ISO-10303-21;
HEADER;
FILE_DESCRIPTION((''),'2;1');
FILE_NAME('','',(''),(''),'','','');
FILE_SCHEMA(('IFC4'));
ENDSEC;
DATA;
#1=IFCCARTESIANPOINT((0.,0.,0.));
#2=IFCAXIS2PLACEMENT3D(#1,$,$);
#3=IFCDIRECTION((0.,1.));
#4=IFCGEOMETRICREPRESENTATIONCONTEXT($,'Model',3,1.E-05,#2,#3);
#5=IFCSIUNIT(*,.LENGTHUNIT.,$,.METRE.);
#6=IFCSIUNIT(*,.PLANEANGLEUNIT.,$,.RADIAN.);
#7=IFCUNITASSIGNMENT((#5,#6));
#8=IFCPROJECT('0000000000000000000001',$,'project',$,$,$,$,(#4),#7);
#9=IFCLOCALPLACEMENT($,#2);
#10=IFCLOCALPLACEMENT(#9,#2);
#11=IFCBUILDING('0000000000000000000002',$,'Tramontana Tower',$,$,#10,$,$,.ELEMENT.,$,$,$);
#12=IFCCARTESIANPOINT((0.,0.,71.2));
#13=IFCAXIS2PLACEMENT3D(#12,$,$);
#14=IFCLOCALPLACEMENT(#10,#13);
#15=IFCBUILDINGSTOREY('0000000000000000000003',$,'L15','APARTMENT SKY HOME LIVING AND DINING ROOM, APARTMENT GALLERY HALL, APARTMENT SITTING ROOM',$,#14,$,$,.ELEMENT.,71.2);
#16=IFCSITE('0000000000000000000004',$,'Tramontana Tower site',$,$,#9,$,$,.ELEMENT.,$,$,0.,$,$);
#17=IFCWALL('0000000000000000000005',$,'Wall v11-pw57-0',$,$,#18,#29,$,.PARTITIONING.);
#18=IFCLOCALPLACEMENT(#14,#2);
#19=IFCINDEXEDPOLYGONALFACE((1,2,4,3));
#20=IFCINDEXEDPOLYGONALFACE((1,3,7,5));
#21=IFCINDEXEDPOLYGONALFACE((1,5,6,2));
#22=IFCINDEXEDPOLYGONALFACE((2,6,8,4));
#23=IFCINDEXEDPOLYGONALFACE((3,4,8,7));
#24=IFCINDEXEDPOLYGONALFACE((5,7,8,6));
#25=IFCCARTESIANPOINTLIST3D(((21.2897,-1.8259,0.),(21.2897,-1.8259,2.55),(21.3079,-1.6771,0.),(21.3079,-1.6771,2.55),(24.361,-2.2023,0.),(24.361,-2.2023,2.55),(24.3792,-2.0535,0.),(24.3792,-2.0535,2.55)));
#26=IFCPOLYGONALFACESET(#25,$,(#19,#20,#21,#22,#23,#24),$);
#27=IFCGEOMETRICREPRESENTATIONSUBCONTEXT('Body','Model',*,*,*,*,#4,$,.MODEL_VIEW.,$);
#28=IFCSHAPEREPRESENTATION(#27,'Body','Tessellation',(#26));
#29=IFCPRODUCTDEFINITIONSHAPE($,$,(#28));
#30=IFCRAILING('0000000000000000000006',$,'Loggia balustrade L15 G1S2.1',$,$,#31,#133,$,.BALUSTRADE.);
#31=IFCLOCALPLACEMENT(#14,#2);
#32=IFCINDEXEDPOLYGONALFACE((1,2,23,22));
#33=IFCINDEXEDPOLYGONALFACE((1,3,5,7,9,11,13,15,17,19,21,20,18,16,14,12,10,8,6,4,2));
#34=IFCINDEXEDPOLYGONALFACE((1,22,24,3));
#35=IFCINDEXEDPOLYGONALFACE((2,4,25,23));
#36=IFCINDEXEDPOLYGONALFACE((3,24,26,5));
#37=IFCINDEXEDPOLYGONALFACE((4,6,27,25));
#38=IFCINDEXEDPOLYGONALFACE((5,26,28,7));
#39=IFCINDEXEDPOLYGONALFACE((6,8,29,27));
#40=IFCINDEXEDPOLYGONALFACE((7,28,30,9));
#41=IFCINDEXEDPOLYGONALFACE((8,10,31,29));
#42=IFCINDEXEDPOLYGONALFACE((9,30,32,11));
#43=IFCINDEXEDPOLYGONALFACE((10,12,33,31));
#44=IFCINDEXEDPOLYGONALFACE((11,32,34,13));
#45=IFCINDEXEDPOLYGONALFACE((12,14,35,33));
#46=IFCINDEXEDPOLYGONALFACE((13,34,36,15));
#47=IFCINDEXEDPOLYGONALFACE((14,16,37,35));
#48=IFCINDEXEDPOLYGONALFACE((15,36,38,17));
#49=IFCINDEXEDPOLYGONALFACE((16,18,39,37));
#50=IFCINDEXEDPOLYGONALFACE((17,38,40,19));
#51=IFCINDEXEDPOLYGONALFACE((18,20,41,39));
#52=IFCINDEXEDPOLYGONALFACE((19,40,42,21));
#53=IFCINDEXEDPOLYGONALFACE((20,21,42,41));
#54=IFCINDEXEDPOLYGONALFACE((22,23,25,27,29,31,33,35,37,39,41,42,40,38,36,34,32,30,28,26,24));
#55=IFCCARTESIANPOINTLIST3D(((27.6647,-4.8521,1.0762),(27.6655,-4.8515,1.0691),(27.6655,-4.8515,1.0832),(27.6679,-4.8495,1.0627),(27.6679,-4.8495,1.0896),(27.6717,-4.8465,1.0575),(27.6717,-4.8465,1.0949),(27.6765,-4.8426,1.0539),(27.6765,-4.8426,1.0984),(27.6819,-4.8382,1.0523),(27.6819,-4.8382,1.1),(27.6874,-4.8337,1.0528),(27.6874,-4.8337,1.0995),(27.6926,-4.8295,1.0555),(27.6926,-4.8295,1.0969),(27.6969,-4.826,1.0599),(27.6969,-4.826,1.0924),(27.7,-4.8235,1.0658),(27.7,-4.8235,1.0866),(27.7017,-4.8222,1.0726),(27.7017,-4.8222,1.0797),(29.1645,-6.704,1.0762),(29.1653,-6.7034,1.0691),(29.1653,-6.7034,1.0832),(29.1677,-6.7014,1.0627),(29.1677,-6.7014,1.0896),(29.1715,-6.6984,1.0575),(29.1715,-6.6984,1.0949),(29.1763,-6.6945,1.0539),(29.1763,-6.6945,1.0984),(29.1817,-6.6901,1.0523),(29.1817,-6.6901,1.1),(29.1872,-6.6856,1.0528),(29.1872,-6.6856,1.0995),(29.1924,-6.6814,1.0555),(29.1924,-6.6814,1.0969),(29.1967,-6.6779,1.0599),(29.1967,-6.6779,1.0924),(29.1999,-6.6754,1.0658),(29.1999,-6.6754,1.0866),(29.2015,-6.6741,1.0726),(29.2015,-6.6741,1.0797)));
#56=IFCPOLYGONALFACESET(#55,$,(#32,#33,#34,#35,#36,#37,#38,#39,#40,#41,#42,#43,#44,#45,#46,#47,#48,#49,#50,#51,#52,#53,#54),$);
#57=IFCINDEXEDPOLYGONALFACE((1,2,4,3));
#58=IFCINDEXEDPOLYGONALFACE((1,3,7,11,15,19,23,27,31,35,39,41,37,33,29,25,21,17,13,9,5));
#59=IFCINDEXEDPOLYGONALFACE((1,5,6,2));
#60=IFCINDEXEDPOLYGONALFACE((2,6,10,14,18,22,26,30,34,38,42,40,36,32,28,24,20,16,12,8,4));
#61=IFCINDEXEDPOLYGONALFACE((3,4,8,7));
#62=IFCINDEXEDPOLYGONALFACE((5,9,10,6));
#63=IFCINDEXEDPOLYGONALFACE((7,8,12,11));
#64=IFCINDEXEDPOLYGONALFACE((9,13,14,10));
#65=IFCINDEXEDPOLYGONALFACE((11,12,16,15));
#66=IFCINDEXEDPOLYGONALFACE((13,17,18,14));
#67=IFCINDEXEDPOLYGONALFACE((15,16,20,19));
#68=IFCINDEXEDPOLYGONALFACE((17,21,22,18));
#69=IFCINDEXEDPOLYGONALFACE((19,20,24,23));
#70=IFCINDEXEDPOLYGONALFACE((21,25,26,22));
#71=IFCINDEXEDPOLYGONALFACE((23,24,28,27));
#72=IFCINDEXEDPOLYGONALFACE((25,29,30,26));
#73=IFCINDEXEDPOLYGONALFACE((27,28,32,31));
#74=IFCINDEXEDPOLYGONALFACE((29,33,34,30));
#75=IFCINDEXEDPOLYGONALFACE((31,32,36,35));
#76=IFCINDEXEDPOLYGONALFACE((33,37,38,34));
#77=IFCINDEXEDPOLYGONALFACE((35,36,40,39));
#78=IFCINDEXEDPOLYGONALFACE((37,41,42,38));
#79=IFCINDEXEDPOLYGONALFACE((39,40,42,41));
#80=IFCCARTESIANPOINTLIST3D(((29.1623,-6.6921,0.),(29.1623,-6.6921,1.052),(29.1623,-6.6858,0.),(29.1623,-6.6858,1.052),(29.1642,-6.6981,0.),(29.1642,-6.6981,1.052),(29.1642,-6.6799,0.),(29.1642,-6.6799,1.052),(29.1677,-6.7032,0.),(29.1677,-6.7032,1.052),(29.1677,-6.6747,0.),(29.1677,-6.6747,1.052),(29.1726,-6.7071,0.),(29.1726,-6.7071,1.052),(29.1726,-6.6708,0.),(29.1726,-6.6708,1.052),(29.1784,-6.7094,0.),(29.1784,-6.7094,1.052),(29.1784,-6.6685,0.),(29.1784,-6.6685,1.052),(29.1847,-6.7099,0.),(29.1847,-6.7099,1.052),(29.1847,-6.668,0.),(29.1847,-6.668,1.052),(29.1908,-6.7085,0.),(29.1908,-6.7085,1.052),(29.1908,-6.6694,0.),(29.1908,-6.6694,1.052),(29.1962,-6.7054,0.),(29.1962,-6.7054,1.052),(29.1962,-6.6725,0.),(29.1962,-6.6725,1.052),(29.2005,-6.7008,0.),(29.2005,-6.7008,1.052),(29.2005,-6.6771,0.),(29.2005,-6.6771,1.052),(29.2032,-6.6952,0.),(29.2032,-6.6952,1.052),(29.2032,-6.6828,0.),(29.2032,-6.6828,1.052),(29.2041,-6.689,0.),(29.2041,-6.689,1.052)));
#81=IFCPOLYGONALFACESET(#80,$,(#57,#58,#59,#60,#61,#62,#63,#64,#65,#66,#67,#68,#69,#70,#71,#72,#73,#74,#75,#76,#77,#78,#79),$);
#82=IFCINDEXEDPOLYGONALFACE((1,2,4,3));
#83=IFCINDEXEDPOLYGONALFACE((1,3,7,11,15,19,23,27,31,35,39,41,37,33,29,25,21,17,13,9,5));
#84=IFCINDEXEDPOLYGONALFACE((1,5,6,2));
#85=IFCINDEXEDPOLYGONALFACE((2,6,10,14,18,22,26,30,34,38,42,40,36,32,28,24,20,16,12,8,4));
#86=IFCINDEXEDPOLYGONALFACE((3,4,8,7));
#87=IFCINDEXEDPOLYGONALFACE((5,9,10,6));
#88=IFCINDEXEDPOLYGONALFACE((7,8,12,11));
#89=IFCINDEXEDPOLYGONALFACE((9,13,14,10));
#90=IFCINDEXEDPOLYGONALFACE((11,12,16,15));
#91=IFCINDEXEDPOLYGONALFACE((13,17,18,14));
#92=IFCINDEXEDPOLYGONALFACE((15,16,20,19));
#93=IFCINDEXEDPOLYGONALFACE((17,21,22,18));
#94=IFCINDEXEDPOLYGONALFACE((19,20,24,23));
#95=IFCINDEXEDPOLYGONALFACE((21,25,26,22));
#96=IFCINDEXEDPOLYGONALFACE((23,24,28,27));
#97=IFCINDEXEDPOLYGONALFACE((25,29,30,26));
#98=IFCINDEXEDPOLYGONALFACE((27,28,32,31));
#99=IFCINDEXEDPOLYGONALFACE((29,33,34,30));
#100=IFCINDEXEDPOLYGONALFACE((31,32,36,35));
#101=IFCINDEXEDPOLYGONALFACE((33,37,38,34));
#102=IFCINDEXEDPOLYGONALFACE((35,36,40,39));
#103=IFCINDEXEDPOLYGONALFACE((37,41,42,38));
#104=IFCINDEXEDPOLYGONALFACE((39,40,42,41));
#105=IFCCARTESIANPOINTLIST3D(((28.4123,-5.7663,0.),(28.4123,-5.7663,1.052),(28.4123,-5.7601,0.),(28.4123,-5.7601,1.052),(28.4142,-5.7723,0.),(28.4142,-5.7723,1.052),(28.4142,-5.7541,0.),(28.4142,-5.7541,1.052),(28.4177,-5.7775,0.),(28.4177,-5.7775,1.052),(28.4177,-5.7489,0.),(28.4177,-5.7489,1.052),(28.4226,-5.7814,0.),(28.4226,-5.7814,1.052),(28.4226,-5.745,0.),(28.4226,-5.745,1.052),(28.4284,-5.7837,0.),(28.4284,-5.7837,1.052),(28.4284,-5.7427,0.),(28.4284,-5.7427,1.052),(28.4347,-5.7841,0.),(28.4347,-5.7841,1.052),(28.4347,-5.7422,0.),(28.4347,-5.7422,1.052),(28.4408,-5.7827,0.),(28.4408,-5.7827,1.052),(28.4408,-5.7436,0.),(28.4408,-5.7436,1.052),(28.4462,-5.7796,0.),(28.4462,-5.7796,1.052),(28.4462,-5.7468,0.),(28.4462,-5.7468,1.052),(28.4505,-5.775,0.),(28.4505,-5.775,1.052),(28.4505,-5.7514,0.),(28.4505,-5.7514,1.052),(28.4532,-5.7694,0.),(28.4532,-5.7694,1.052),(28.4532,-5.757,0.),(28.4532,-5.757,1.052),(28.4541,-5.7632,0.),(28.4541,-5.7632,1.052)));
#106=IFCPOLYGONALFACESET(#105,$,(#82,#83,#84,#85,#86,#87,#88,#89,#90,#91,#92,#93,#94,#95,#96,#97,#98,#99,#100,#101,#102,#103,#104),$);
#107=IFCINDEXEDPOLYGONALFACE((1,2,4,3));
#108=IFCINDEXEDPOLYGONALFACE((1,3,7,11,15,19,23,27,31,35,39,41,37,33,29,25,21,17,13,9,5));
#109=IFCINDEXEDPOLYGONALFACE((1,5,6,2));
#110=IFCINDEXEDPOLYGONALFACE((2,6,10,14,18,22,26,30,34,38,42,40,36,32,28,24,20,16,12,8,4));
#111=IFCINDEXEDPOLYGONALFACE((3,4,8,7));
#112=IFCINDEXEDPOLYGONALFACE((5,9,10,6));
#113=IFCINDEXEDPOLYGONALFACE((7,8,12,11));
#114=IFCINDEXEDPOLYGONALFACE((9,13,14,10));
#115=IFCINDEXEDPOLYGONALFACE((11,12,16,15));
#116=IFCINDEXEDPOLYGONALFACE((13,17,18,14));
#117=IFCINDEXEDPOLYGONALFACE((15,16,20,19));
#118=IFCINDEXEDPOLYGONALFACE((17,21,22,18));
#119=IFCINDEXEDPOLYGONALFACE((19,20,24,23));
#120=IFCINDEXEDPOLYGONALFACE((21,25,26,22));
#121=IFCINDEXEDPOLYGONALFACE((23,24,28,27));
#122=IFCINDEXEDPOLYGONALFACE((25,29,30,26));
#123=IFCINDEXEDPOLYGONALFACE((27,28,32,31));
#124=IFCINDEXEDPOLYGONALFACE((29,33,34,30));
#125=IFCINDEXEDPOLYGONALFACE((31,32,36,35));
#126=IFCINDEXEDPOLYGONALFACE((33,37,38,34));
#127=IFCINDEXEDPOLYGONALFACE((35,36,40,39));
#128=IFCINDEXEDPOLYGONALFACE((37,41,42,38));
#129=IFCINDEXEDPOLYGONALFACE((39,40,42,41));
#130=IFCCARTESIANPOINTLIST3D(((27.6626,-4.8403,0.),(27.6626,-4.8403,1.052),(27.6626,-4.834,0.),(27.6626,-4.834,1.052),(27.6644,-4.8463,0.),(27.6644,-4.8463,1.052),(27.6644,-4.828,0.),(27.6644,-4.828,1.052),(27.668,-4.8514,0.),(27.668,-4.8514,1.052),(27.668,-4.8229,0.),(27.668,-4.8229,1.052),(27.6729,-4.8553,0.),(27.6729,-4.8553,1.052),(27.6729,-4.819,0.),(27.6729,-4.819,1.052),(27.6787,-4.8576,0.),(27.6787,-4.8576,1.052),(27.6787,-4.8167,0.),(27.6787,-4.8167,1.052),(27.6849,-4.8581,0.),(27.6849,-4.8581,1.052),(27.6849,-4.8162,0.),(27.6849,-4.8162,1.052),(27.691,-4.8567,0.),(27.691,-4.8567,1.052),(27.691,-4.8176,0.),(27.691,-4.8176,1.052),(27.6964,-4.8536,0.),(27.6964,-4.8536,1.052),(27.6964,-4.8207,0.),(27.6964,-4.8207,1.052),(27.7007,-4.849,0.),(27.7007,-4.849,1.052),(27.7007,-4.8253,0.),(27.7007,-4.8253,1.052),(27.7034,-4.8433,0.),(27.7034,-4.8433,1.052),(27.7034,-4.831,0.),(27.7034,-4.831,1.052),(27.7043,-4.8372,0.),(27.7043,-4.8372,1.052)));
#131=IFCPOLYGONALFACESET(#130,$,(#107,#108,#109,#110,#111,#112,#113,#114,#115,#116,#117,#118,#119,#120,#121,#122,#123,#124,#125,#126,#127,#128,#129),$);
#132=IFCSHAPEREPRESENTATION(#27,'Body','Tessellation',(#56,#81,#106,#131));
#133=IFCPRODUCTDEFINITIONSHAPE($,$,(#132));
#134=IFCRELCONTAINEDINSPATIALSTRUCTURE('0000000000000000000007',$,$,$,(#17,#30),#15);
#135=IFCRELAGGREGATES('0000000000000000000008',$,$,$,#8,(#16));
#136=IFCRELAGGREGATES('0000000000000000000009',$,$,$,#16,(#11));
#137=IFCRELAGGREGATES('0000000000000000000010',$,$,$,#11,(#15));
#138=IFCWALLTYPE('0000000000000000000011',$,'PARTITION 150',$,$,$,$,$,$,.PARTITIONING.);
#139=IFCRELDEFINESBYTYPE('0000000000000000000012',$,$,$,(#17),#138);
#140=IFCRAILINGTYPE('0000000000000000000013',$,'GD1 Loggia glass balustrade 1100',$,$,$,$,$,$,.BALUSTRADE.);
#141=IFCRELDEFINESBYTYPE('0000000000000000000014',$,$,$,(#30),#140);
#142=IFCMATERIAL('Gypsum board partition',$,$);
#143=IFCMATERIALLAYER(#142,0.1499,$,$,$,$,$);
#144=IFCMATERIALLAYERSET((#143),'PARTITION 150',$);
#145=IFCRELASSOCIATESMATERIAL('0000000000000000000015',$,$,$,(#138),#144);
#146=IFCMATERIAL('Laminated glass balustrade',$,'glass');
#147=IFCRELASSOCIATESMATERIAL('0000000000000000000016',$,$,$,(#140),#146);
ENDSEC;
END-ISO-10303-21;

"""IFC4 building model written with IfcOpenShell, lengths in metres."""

from ifc_helpers import new_model, si_unit, direction, frame, frame_2d, origin, origin_2d, place, context, subcontext, project, spatial, rectangle, circle, extrude, material, layer, layer_set, type_object, element, save


model = new_model("IFC4")

# Units and contexts
model_context = context("Model", 3, precision=1e-05, world=origin(), true_north=direction((0.0, 1.0)))
body_context = subcontext(model_context, "Body", "Model", "MODEL_VIEW")
ifc_project = project(units=[si_unit("LENGTHUNIT", "METRE"), si_unit("PLANEANGLEUNIT", "RADIAN")], contexts=[model_context])

# Site, building, storey
site_placement = place(None, origin())
site = spatial("IfcSite", under=ifc_project, at=site_placement, Name="Tramontana Tower site", CompositionType="ELEMENT", RefElevation=0.0)
building_placement = place(site_placement, origin())
building = spatial("IfcBuilding", under=site, at=building_placement, Name="Tramontana Tower", CompositionType="ELEMENT")
storey_placement = place(building_placement, frame((0.0, 0.0, 71.2)))
storey = spatial("IfcBuildingStorey", under=building, at=storey_placement, Name="L15", Description="APARTMENT SKY HOME LIVING AND DINING ROOM, APARTMENT GALLERY HALL, APARTMENT SITTING ROOM", CompositionType="ELEMENT", Elevation=71.2)

# Wall
ifc_material_1 = material(Name="Gypsum board partition")
ifc_layer_1 = layer(ifc_material_1, 0.1499)
ifc_layer_set_1 = layer_set([ifc_layer_1], Name="PARTITION 150")
wall_type_1 = type_object("IfcWallType", Name="PARTITION 150", PredefinedType="PARTITIONING", material=ifc_layer_set_1)
wall_1_placement = place(storey_placement, frame((21.2988, -1.7515, 0.0), z_axis=(0.0, 0.0, 1.0), x_axis=(0.992571, -0.121665, 0.0)))
element("IfcWall", 1, at=wall_1_placement, inside=storey, type_object=wall_type_1, Name="Wall v11-pw57-0", PredefinedType="PARTITIONING", context=body_context, shape_type="SweptSolid", body=[
    extrude(rectangle(XDim=3.0942, YDim=0.1499, at=frame_2d((1.5471, 0.0))), origin(), (0.0, 0.0, 1.0), 2.55),
])

# Railing
ifc_material_2 = material(Name="Laminated glass balustrade", Category="glass")
railing_type = type_object("IfcRailingType", Name="GD1 Loggia glass balustrade 1100", PredefinedType="BALUSTRADE", material=ifc_material_2)
railing_placement = place(storey_placement, frame((29.1831, -6.689, 0.0)))
element("IfcRailing", 2, at=railing_placement, inside=storey, type_object=railing_type, Name="Loggia balustrade L15 G1S2.1", PredefinedType="BALUSTRADE", context=body_context, shape_type="SweptSolid", body=[
    extrude(circle(Radius=0.0239, at=origin_2d()), frame((0.0, 0.0, 1.0762), z_axis=(-0.629369, 0.777106, 0.0), x_axis=(-0.777106, -0.629369, 0.0)), (0.0, 0.0, 1.0), 2.3831),
    extrude(circle(Radius=0.021, at=origin_2d()), origin(), (0.0, 0.0, 1.0), 1.052),
    extrude(circle(Radius=0.021, at=origin_2d()), frame((-0.75, 0.9258, 0.0)), (0.0, 0.0, 1.0), 1.052),
    extrude(circle(Radius=0.021, at=origin_2d()), frame((-1.4998, 1.8518, 0.0)), (0.0, 0.0, 1.0), 1.052),
])

save(model, "model.ifc")
